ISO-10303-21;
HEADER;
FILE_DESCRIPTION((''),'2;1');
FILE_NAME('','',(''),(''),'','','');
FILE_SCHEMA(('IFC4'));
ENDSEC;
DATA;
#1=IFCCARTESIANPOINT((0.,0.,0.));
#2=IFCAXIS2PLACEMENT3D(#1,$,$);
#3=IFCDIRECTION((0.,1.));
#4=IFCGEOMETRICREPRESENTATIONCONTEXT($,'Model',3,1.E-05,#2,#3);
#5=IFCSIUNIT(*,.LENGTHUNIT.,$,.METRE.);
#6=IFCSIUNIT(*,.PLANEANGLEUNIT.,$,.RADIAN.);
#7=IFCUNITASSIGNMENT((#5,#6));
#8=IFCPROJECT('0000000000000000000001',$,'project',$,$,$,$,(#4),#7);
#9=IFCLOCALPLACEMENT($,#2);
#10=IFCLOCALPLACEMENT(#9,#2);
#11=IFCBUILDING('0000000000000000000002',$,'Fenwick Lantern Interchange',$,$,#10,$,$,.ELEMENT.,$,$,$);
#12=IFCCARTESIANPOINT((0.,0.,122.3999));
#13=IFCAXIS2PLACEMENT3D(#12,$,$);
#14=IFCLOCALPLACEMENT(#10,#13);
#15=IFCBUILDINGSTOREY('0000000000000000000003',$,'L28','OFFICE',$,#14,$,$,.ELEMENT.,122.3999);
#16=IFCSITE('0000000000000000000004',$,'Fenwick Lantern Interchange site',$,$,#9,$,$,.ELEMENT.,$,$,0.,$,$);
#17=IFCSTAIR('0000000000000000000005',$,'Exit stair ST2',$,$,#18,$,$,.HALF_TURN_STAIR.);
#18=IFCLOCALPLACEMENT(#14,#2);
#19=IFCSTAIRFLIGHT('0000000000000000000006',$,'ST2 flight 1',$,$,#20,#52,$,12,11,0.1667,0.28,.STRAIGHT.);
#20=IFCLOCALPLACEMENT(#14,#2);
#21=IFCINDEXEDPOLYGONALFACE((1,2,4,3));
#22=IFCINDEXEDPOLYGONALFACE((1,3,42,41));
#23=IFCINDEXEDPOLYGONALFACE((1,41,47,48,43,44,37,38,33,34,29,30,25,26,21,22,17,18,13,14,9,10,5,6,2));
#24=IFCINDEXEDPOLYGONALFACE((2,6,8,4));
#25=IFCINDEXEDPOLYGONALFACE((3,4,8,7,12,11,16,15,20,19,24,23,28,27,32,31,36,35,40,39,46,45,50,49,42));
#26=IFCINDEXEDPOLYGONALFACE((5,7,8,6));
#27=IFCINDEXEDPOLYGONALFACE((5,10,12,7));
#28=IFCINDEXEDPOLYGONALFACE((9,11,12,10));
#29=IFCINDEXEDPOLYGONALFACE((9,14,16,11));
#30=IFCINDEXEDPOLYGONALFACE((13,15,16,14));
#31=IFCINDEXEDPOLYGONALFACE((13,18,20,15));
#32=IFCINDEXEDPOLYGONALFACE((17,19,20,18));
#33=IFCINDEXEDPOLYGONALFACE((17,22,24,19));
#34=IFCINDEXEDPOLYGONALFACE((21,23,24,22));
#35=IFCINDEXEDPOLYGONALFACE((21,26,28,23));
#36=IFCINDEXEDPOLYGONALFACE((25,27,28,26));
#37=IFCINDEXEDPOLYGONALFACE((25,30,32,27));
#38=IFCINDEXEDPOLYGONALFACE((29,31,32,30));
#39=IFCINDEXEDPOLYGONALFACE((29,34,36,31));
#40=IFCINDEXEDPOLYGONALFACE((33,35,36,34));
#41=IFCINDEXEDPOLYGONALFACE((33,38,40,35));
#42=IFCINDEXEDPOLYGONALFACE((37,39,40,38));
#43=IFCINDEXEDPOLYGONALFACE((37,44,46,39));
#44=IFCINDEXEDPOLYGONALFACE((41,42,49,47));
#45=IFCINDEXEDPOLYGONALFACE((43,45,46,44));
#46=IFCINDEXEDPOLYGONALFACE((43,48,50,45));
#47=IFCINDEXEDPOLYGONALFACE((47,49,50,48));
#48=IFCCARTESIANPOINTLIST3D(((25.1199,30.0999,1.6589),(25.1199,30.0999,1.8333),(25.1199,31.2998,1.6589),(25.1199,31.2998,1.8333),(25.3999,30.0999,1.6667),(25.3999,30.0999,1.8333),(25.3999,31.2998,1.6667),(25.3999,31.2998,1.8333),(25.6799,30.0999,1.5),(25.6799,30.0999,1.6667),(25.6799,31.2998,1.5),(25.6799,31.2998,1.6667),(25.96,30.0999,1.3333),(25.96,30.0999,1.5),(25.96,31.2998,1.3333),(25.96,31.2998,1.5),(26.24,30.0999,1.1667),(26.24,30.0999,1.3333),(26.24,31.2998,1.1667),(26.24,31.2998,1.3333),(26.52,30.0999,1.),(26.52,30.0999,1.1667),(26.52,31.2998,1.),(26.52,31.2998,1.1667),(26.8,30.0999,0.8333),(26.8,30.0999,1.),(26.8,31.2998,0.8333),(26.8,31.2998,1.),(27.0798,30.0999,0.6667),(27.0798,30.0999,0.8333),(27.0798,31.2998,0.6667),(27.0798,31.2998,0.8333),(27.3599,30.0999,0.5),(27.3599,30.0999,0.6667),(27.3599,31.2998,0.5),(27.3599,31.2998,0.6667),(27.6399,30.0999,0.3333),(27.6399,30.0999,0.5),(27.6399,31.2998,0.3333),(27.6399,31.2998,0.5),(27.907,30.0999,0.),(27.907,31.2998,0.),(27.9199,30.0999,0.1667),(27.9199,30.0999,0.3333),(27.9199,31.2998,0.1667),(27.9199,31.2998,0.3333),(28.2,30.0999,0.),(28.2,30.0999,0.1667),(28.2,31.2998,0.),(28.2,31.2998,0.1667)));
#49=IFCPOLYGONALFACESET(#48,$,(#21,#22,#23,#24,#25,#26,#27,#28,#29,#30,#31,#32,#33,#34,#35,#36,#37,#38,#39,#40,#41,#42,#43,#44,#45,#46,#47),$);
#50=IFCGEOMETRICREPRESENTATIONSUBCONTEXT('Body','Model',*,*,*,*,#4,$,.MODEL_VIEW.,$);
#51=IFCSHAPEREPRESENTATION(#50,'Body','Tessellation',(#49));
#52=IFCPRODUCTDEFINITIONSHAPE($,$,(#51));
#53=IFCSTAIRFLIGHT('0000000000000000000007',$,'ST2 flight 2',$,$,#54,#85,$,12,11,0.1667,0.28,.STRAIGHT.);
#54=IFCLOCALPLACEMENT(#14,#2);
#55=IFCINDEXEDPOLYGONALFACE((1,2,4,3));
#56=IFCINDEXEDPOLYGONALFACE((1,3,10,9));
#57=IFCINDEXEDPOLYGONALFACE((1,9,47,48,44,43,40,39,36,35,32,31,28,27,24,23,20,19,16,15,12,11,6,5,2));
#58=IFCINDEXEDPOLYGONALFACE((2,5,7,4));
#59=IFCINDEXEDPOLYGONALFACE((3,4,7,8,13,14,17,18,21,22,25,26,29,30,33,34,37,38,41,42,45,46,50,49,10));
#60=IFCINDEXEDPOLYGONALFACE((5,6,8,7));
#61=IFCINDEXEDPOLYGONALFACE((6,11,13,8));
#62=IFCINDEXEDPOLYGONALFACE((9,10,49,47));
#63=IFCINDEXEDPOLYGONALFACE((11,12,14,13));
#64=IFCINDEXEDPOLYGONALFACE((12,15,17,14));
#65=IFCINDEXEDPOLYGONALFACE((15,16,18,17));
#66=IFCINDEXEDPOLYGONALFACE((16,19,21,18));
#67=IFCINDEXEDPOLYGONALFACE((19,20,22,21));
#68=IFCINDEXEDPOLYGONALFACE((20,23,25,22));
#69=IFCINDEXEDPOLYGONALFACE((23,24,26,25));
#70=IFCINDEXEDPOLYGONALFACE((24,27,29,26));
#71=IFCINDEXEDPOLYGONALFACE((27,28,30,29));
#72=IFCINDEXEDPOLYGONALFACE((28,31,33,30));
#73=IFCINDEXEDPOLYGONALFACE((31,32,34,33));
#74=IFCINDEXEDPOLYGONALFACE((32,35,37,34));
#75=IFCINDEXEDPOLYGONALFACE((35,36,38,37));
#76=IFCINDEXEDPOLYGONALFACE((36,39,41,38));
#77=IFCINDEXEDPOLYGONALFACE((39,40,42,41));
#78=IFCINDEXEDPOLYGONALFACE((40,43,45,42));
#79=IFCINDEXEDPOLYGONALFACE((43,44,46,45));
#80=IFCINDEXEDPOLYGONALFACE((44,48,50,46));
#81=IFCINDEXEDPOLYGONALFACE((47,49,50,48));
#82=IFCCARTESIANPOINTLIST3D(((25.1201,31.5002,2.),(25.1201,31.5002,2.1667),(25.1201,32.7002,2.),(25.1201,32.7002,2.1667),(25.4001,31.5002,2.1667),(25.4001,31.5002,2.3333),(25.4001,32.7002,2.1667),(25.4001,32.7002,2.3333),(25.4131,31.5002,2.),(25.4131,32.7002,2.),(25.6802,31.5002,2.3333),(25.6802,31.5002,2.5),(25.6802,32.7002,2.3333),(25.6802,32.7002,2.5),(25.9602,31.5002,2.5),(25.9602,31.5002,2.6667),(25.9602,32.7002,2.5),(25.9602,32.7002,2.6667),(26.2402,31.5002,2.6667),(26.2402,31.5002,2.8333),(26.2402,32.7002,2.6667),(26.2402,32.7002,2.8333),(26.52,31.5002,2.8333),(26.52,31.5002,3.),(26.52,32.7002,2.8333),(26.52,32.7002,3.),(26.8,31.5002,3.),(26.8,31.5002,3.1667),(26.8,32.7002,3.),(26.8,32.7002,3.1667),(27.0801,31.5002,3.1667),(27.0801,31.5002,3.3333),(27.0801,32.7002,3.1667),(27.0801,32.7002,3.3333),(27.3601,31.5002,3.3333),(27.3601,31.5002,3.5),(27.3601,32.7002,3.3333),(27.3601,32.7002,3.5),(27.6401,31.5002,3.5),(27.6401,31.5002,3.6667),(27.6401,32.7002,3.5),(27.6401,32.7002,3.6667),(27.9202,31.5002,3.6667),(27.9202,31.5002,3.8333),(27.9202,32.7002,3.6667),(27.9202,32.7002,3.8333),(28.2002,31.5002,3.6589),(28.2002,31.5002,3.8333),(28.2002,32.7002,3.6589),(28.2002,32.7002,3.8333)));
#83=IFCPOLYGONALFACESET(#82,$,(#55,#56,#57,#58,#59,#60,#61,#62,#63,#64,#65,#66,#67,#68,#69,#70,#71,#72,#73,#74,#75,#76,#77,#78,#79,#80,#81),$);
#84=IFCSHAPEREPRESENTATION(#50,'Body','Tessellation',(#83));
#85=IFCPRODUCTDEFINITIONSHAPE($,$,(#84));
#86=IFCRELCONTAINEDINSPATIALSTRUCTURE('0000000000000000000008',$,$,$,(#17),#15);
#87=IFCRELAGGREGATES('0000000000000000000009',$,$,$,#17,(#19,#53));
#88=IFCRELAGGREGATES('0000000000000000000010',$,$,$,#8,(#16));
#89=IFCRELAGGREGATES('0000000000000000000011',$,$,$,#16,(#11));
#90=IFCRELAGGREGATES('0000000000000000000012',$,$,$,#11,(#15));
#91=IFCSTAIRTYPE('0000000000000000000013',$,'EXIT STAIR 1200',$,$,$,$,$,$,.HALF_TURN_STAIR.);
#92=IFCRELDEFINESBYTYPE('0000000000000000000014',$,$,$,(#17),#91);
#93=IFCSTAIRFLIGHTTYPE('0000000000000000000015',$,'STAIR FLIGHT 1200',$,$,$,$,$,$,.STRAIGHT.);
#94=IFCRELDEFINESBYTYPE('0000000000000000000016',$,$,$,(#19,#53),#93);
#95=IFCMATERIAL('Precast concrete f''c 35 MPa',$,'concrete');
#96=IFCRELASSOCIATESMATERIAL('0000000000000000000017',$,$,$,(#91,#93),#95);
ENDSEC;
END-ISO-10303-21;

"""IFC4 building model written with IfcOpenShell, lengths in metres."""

from ifc_helpers import new_model, si_unit, direction, frame, origin, place, context, subcontext, project, spatial, polyline, outline, extrude, material, type_object, element, aggregate, save


model = new_model("IFC4")

# Units and contexts
model_context = context("Model", 3, precision=1e-05, world=origin(), true_north=direction((0.0, 1.0)))
body_context = subcontext(model_context, "Body", "Model", "MODEL_VIEW")
ifc_project = project(units=[si_unit("LENGTHUNIT", "METRE"), si_unit("PLANEANGLEUNIT", "RADIAN")], contexts=[model_context])

# Site, building, storey
site_placement = place(None, origin())
site = spatial("IfcSite", under=ifc_project, at=site_placement, Name="Fenwick Lantern Interchange site", CompositionType="ELEMENT", RefElevation=0.0)
building_placement = place(site_placement, origin())
building = spatial("IfcBuilding", under=site, at=building_placement, Name="Fenwick Lantern Interchange", CompositionType="ELEMENT")
storey_placement = place(building_placement, frame((0.0, 0.0, 122.3999)))
storey = spatial("IfcBuildingStorey", under=building, at=storey_placement, Name="L28", Description="OFFICE", CompositionType="ELEMENT", Elevation=122.3999)

# Stair, stair flights
ifc_material_1 = material(Name="Precast concrete f'c 35 MPa", Category="concrete")
stair_type = type_object("IfcStairType", Name="EXIT STAIR 1200", PredefinedType="HALF_TURN_STAIR", material=ifc_material_1)
stair_placement = place(storey_placement, origin())
stair = element("IfcStair", 1, at=stair_placement, inside=storey, type_object=stair_type, Name="Exit stair ST2", PredefinedType="HALF_TURN_STAIR")
stair_flight_type = type_object("IfcStairFlightType", Name="STAIR FLIGHT 1200", PredefinedType="STRAIGHT", material=ifc_material_1)
stair_flight_1_placement = place(storey_placement, frame((28.2, 30.7, 0.0), z_axis=(0.0, 0.0, 1.0), x_axis=(-1.0, 0.0, 0.0)))
stair_flight_1 = element("IfcStairFlight", 2, at=stair_flight_1_placement, type_object=stair_flight_type, Name="ST2 flight 1", NumberOfRisers=12, NumberOfTreads=11, PredefinedType="STRAIGHT", RiserHeight=0.1667, TreadLength=0.28, context=body_context, shape_type="SweptSolid", body=[
    extrude(outline(polyline([(0.0, 0.0), (0.0, 0.1667), (0.28, 0.1667), (0.28, 0.3333), (0.5601, 0.3333), (0.5601, 0.5), (0.8401, 0.5), (0.8401, 0.6667), (1.1201, 0.6667), (1.1201, 0.8333), (1.3999, 0.8333), (1.3999, 1.0), (1.6799, 1.0), (1.6799, 1.1667), (1.96, 1.1667), (1.96, 1.3333), (2.24, 1.3333), (2.24, 1.5), (2.52, 1.5), (2.52, 1.6667), (2.8, 1.6667), (2.8, 1.8333), (3.0801, 1.8333), (3.0801, 2.0), (3.0801, 1.6589), (0.293, 0.0), (0.0, 0.0)])), frame((0.0, 0.6001, 0.0), z_axis=(0.0, -1.0, 0.0), x_axis=(1.0, 0.0, 0.0)), (0.0, 0.0, 1.0), 1.2),
])
stair_flight_2_placement = place(storey_placement, frame((25.1201, 32.1001, 2.0), z_axis=(0.0, 0.0, 1.0), x_axis=(1.0, 0.0, 0.0)))
stair_flight_2 = element("IfcStairFlight", 3, at=stair_flight_2_placement, type_object=stair_flight_type, Name="ST2 flight 2", NumberOfRisers=12, NumberOfTreads=11, PredefinedType="STRAIGHT", RiserHeight=0.1667, TreadLength=0.28, context=body_context, shape_type="SweptSolid", body=[
    extrude(outline(polyline([(0.0, 0.0), (0.0, 0.1667), (0.28, 0.1667), (0.28, 0.3333), (0.5601, 0.3333), (0.5601, 0.5), (0.8401, 0.5), (0.8401, 0.6667), (1.1201, 0.6667), (1.1201, 0.8333), (1.3999, 0.8333), (1.3999, 1.0), (1.6799, 1.0), (1.6799, 1.1667), (1.96, 1.1667), (1.96, 1.3333), (2.24, 1.3333), (2.24, 1.5), (2.52, 1.5), (2.52, 1.6667), (2.8, 1.6667), (2.8, 1.8333), (3.0801, 1.8333), (3.0801, 2.0), (3.0801, 1.6589), (0.293, 0.0), (0.0, 0.0)])), frame((0.0, 0.6001, 0.0), z_axis=(0.0, -1.0, 0.0), x_axis=(1.0, 0.0, 0.0)), (0.0, 0.0, 1.0), 1.2),
])
aggregate(stair, [stair_flight_1, stair_flight_2])

save(model, "model.ifc")
